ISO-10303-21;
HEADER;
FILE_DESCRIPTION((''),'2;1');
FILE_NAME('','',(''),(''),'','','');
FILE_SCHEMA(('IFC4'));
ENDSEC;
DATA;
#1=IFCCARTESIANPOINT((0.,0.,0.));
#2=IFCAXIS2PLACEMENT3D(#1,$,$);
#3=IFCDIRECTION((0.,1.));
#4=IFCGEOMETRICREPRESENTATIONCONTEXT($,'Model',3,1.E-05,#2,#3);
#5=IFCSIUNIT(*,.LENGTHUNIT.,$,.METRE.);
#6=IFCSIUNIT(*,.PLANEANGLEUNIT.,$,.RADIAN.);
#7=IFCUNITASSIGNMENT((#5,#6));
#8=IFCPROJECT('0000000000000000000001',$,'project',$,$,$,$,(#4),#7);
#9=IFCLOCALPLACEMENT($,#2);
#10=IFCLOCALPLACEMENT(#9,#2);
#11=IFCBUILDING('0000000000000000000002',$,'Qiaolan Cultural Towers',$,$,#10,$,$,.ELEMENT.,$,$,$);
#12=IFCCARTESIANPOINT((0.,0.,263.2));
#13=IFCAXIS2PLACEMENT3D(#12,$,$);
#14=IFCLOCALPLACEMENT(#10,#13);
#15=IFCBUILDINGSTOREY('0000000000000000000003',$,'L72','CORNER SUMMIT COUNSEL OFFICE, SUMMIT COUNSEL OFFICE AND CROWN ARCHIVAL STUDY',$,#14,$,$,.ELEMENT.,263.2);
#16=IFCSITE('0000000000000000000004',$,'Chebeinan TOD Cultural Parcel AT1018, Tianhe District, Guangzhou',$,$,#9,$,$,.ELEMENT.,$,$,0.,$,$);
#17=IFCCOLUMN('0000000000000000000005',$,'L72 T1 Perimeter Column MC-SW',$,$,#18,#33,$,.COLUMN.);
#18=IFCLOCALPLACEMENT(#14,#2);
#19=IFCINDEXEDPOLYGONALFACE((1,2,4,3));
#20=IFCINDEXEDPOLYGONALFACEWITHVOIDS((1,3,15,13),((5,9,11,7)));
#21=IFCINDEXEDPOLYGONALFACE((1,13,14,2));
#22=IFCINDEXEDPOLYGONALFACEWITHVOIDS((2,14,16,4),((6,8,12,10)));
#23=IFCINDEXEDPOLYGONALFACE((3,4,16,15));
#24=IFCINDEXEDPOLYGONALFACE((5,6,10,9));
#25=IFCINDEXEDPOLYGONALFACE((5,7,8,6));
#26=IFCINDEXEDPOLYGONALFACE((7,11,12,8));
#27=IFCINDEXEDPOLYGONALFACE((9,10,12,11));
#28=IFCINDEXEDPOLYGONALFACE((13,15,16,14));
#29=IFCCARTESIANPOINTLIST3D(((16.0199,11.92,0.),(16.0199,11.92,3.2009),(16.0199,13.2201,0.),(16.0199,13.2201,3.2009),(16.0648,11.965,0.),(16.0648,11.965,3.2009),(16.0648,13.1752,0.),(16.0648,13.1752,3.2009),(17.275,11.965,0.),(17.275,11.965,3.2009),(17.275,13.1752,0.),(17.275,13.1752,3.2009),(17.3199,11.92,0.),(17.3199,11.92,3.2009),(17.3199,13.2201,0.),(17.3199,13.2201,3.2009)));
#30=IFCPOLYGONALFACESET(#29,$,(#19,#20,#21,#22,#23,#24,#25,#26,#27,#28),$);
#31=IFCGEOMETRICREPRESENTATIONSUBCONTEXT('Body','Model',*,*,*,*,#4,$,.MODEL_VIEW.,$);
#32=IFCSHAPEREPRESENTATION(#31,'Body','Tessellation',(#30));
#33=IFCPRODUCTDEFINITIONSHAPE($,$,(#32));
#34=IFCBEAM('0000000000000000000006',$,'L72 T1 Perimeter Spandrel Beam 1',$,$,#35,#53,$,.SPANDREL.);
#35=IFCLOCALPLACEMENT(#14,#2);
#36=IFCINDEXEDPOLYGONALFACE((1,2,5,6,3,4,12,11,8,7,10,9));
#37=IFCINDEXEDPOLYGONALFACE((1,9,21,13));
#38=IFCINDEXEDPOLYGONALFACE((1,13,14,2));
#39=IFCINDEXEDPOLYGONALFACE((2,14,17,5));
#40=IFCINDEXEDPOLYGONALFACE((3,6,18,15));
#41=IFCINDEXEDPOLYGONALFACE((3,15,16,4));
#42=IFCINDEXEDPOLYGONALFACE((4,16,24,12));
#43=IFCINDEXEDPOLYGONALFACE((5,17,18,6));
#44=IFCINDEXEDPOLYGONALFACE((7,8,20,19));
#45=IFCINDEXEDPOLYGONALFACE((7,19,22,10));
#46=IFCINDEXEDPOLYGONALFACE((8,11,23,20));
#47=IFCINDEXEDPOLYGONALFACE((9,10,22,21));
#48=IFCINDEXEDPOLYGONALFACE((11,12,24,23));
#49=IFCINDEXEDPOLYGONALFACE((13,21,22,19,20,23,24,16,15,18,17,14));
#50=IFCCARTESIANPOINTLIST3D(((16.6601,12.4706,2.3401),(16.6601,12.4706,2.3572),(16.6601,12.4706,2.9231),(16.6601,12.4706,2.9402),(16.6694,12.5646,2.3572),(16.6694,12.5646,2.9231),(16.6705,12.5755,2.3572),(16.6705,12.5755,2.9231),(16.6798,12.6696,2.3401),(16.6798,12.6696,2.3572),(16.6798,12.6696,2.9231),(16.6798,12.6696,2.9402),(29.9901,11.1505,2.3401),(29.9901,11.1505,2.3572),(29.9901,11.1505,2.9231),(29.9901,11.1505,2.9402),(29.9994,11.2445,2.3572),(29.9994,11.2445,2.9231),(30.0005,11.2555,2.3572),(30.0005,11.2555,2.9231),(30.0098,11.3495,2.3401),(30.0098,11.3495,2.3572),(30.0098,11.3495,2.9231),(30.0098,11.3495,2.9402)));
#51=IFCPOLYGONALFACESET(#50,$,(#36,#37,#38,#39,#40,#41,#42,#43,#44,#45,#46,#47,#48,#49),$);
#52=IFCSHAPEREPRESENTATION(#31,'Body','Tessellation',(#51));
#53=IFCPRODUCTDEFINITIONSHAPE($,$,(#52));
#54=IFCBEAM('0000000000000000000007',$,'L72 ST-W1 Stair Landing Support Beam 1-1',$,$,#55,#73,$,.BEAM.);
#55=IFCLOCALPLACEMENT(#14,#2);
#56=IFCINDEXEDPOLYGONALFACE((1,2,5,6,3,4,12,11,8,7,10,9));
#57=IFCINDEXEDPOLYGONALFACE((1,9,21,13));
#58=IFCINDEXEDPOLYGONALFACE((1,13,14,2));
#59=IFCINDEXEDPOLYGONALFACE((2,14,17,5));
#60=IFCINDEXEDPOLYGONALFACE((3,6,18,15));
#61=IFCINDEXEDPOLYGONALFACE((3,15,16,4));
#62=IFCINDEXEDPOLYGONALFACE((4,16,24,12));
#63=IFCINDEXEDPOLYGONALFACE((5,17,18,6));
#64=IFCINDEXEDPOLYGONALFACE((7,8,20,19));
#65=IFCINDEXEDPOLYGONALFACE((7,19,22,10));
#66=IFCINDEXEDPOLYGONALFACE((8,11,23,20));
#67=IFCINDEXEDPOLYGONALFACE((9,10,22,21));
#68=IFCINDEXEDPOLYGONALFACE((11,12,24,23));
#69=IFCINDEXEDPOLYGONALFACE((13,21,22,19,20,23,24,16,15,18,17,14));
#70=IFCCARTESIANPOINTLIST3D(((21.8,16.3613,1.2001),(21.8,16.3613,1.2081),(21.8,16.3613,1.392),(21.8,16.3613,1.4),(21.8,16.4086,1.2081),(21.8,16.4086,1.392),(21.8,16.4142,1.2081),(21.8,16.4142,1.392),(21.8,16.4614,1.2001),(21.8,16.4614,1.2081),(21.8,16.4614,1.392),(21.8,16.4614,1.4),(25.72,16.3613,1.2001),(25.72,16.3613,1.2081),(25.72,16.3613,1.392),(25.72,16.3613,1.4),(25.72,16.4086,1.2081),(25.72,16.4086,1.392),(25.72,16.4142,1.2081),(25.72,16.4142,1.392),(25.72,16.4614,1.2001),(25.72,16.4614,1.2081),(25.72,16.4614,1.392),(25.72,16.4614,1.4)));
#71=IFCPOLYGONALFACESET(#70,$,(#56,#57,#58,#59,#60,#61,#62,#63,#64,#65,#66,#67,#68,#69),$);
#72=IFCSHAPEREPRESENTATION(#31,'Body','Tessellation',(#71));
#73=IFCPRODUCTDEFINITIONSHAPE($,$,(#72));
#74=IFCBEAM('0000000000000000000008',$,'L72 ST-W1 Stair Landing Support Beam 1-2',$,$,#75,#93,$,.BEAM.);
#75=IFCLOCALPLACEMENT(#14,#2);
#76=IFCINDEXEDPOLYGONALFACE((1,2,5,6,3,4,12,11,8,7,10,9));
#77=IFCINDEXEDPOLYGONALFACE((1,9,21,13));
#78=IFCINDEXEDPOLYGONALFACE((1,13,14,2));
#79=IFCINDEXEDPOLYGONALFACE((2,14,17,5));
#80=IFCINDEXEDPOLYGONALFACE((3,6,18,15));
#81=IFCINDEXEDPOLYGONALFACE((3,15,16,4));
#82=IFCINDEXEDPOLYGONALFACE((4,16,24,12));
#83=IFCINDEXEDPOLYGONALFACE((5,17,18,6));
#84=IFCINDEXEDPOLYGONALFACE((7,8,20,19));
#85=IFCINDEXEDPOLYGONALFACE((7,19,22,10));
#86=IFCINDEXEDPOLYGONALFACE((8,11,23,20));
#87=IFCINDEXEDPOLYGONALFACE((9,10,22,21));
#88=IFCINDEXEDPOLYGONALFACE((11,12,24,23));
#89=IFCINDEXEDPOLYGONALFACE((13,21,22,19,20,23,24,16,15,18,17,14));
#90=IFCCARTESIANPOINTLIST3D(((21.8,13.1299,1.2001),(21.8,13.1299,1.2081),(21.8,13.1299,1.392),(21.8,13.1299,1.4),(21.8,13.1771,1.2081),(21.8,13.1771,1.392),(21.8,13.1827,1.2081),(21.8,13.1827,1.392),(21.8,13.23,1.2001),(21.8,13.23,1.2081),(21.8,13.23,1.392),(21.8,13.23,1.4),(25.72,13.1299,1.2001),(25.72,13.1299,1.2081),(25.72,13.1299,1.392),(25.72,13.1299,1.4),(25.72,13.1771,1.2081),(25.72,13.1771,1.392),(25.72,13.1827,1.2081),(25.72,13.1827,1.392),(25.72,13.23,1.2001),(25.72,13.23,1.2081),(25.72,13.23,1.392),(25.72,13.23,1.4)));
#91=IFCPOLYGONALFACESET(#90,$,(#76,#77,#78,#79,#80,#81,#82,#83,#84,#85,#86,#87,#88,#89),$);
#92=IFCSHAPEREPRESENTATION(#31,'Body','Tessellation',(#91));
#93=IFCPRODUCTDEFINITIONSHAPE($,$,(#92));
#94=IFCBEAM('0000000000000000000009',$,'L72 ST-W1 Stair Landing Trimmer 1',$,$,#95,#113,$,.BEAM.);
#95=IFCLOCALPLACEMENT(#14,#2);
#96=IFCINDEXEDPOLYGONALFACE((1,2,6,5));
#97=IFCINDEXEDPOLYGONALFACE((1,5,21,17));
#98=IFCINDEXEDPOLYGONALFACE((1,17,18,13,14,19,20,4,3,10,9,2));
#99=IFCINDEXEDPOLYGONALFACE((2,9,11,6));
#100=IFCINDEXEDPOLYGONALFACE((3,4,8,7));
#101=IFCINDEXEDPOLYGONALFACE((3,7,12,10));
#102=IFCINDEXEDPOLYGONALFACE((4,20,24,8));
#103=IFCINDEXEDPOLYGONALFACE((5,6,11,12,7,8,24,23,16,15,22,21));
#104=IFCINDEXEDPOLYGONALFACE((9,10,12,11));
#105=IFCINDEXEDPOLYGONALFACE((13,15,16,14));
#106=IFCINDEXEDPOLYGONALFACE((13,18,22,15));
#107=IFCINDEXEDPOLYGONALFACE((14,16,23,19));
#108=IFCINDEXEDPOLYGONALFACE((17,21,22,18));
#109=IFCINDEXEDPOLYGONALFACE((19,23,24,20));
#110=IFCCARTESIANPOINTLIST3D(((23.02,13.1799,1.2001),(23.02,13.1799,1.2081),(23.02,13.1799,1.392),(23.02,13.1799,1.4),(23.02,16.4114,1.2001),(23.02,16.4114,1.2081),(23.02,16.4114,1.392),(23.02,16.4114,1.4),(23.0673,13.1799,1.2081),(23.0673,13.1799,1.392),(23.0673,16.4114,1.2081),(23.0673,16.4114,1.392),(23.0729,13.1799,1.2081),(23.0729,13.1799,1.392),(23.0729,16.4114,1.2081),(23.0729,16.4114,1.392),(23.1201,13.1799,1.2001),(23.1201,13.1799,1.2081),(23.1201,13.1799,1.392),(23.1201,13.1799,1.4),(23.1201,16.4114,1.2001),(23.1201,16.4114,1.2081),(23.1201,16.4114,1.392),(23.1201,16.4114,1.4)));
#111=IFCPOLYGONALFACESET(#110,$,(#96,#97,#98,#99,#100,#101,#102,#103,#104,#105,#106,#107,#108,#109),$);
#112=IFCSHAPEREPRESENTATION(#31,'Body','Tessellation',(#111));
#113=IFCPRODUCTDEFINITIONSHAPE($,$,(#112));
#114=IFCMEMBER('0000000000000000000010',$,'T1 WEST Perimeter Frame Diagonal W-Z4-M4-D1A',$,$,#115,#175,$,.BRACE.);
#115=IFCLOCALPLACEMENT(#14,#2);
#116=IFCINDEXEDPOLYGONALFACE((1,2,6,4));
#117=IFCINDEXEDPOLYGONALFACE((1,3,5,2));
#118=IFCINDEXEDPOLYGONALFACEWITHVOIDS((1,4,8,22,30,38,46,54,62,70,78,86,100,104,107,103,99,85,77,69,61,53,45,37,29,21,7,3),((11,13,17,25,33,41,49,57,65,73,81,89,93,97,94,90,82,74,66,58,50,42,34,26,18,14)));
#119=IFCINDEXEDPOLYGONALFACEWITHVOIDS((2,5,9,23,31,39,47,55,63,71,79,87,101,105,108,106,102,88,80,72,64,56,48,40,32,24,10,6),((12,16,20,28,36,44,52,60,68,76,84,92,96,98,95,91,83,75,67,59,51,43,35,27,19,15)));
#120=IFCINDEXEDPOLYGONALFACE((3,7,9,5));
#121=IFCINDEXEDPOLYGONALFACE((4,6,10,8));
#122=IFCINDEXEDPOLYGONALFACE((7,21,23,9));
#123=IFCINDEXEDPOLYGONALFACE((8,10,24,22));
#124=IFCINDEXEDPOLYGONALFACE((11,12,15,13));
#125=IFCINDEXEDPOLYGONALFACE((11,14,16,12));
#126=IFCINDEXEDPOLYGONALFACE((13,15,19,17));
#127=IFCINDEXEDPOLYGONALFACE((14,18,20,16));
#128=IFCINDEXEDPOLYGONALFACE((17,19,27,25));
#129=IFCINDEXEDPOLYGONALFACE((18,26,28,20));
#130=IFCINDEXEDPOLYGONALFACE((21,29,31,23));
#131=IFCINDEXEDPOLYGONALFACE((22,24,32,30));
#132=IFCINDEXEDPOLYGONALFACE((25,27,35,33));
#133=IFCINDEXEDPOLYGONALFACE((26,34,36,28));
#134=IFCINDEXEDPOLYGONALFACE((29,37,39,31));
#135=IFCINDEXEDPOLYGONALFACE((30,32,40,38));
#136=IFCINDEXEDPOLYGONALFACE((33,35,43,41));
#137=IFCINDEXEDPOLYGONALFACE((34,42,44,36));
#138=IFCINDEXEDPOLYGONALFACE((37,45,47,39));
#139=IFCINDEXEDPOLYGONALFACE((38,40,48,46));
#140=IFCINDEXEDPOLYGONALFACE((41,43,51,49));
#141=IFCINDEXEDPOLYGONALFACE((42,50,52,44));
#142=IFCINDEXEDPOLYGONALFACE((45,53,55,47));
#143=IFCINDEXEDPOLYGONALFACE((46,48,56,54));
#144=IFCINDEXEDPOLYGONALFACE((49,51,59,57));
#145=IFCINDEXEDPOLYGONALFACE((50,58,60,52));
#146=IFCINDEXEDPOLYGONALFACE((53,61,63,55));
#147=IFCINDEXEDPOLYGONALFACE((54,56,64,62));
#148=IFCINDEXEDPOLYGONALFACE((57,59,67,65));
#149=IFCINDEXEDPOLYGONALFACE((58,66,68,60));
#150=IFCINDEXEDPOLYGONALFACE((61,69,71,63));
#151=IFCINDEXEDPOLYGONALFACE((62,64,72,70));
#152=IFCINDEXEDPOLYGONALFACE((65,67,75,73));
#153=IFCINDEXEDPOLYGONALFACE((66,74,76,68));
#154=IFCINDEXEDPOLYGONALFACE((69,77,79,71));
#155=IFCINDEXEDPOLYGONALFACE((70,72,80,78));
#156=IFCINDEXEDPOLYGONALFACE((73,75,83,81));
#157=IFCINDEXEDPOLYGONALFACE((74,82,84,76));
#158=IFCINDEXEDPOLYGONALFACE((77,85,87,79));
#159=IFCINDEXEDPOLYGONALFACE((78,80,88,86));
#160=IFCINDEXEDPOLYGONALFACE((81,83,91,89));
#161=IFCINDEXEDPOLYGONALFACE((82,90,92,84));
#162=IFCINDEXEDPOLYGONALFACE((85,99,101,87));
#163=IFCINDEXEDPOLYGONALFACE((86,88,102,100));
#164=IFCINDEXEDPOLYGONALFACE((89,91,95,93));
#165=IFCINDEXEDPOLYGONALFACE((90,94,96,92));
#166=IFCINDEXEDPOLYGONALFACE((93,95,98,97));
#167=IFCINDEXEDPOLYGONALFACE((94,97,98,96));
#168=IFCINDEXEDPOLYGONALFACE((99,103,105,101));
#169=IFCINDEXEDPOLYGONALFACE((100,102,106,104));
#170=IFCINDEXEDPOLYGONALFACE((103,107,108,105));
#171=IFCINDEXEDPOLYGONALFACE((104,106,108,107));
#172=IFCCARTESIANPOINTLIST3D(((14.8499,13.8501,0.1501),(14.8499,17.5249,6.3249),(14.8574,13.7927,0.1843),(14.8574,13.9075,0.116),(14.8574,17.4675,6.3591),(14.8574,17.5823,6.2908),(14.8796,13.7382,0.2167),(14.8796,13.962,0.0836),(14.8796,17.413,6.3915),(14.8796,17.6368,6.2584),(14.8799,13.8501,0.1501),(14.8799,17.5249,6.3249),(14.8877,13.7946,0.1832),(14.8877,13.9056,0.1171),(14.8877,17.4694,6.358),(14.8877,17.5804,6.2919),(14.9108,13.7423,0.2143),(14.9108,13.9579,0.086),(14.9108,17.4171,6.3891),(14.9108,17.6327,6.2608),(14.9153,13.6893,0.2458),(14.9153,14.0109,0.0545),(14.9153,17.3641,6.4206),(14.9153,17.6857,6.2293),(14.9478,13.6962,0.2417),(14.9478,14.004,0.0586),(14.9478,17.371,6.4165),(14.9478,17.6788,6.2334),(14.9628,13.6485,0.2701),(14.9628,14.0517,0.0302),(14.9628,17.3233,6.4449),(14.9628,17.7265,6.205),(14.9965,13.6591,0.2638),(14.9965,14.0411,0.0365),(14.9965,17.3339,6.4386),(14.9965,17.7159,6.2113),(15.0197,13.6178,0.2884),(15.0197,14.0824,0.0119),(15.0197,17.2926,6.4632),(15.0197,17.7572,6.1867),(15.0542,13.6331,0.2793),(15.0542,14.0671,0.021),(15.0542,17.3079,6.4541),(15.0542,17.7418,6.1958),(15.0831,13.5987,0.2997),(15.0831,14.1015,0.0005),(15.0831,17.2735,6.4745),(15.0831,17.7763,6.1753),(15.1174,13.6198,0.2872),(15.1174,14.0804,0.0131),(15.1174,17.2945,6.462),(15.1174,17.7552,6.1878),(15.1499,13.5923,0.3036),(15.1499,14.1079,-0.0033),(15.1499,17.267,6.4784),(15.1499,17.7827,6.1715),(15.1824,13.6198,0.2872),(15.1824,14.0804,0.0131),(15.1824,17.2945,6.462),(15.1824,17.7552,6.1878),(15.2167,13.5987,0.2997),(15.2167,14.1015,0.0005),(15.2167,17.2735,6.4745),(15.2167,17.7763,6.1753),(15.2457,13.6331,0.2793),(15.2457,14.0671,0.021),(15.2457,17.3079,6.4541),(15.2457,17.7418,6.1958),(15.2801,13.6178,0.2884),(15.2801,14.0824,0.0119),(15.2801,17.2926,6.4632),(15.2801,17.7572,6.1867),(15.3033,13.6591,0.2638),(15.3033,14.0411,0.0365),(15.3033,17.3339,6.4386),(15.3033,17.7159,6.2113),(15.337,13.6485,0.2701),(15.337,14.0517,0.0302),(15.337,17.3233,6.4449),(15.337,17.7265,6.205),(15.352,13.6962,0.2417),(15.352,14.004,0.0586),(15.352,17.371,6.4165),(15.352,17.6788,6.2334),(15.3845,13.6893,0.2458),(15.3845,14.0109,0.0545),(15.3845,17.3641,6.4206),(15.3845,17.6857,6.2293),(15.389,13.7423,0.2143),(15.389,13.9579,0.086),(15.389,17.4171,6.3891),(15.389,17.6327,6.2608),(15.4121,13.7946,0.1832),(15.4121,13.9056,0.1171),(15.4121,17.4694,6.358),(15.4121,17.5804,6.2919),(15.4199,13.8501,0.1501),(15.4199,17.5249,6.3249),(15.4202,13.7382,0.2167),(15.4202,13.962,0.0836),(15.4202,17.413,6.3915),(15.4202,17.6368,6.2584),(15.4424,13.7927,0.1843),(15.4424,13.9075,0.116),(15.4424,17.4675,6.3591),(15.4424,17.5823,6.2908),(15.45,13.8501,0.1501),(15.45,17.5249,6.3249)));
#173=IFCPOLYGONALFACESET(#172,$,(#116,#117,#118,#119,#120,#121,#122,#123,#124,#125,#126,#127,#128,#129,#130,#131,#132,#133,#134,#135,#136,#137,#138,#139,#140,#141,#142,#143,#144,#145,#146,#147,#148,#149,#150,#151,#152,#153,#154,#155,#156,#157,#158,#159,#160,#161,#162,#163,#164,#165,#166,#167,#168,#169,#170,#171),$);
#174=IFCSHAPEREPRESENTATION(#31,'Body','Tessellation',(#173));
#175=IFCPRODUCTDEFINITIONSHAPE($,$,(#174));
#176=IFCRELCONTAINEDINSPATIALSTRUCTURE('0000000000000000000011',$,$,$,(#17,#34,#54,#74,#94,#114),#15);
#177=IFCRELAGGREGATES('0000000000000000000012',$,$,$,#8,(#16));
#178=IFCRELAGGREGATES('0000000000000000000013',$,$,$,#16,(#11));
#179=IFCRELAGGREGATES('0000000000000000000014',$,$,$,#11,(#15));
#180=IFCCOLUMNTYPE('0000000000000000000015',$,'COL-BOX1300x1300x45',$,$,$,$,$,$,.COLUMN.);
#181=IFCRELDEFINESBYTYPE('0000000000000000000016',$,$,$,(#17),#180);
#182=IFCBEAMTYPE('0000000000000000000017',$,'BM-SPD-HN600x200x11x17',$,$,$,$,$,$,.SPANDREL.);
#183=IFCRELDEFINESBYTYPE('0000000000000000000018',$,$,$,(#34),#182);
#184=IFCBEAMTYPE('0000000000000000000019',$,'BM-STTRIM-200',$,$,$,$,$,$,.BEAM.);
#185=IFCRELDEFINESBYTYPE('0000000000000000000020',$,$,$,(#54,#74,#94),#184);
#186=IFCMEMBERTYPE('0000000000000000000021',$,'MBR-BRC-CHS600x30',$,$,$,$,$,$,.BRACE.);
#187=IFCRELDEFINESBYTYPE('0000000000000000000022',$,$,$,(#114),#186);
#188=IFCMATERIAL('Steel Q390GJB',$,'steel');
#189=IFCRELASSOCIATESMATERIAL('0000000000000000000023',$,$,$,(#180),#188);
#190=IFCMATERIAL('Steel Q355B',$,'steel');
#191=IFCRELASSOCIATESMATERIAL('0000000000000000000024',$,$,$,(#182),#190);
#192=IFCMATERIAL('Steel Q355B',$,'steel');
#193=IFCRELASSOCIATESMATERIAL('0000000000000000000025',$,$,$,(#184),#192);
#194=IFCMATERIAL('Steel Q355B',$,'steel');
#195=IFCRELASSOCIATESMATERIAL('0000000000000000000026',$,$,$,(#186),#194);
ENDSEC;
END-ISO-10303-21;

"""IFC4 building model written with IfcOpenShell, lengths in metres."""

from ifc_helpers import new_model, si_unit, direction, frame, origin, origin_2d, place, context, subcontext, project, spatial, hollow_rectangle, hollow_circle, i_section, extrude, material, material_profile, profile_set, type_object, element, save


model = new_model("IFC4")

# Units and contexts
model_context = context("Model", 3, precision=1e-05, world=origin(), true_north=direction((0.0, 1.0)))
body_context = subcontext(model_context, "Body", "Model", "MODEL_VIEW")
ifc_project = project(units=[si_unit("LENGTHUNIT", "METRE"), si_unit("PLANEANGLEUNIT", "RADIAN")], contexts=[model_context])

# Site, building, storey
site_placement = place(None, origin())
site = spatial("IfcSite", under=ifc_project, at=site_placement, Name="Chebeinan TOD Cultural Parcel AT1018, Tianhe District, Guangzhou", CompositionType="ELEMENT", RefElevation=0.0)
building_placement = place(site_placement, origin())
building = spatial("IfcBuilding", under=site, at=building_placement, Name="Qiaolan Cultural Towers", CompositionType="ELEMENT")
storey_placement = place(building_placement, frame((0.0, 0.0, 263.2)))
storey = spatial("IfcBuildingStorey", under=building, at=storey_placement, Name="L72", Description="CORNER SUMMIT COUNSEL OFFICE, SUMMIT COUNSEL OFFICE AND CROWN ARCHIVAL STUDY", CompositionType="ELEMENT", Elevation=263.2)

# Column
ifc_material_1 = material(Name="Steel Q390GJB", Category="steel")
ifc_material_profile_1 = material_profile(ifc_material_1, hollow_rectangle(XDim=1.3, YDim=1.3, WallThickness=0.0449, at=origin_2d()), Name="BOX1300x1300x45")
ifc_profile_set_1 = profile_set([ifc_material_profile_1], Name="Steel Q390GJB")
column_type = type_object("IfcColumnType", Name="COL-BOX1300x1300x45", PredefinedType="COLUMN", material=ifc_profile_set_1)
column_placement = place(storey_placement, frame((16.6699, 12.5701, 0.0), z_axis=(0.0, 0.0, 1.0), x_axis=(1.0, 0.0, 0.0)))
element("IfcColumn", 1, at=column_placement, inside=storey, type_object=column_type, Name="L72 T1 Perimeter Column MC-SW", PredefinedType="COLUMN", context=body_context, shape_type="SweptSolid", body=[
    extrude(hollow_rectangle(XDim=1.3, YDim=1.3, WallThickness=0.0449, at=origin_2d()), origin(), (0.0, 0.0, 1.0), 3.2009),
])

# Beams
ifc_material_2 = material(Name="Steel Q355B", Category="steel")
ifc_material_profile_2 = material_profile(ifc_material_2, i_section(OverallWidth=0.2, OverallDepth=0.6001, WebThickness=0.011, FlangeThickness=0.0171, at=origin_2d()), Name="HN600x200x11x17")
ifc_profile_set_2 = profile_set([ifc_material_profile_2], Name="Steel Q355B")
beam_type_1 = type_object("IfcBeamType", Name="BM-SPD-HN600x200x11x17", PredefinedType="SPANDREL", material=ifc_profile_set_2)
beam_1_placement = place(storey_placement, frame((16.6699, 12.5701, 2.6401), z_axis=(0.995132, -0.098547, 0.0), x_axis=(0.098547, 0.995132, 0.0)))
element("IfcBeam", 2, at=beam_1_placement, inside=storey, type_object=beam_type_1, Name="L72 T1 Perimeter Spandrel Beam 1", PredefinedType="SPANDREL", context=body_context, shape_type="SweptSolid", body=[
    extrude(i_section(OverallWidth=0.2, OverallDepth=0.6001, WebThickness=0.011, FlangeThickness=0.0171, at=origin_2d()), origin(), (0.0, 0.0, 1.0), 13.3953),
])
ifc_material_3 = material(Name="Steel Q355B", Category="steel")
ifc_material_profile_3 = material_profile(ifc_material_3, i_section(OverallWidth=0.1001, OverallDepth=0.2, WebThickness=0.0056, FlangeThickness=0.0081, at=origin_2d()), Name="HN200x100x5.5x8")
ifc_profile_set_3 = profile_set([ifc_material_profile_3], Name="Steel Q355B")
beam_type_2 = type_object("IfcBeamType", Name="BM-STTRIM-200", PredefinedType="BEAM", material=ifc_profile_set_3)
for number, where, z_axis, x_axis, name in (
    (3, (21.8, 16.4114, 1.3), (1.0, 0.0, 0.0), (0.0, 1.0, 0.0), "L72 ST-W1 Stair Landing Support Beam 1-1"),
    (4, (21.8, 13.1799, 1.3), (1.0, 0.0, 0.0), (0.0, 1.0, 0.0), "L72 ST-W1 Stair Landing Support Beam 1-2"),
):
    element("IfcBeam", number, at=place(storey_placement, frame(where, z_axis=z_axis, x_axis=x_axis)), inside=storey, type_object=beam_type_2, Name=name, PredefinedType="BEAM", context=body_context, shape_type="SweptSolid", body=[
        extrude(i_section(OverallWidth=0.1001, OverallDepth=0.2, WebThickness=0.0056, FlangeThickness=0.0081, at=origin_2d()), origin(), (0.0, 0.0, 1.0), 3.9199),
    ])
beam_2_placement = place(storey_placement, frame((23.0701, 16.4114, 1.3), z_axis=(0.0, -1.0, 0.0), x_axis=(1.0, 0.0, 0.0)))
element("IfcBeam", 5, at=beam_2_placement, inside=storey, type_object=beam_type_2, Name="L72 ST-W1 Stair Landing Trimmer 1", PredefinedType="BEAM", context=body_context, shape_type="SweptSolid", body=[
    extrude(i_section(OverallWidth=0.1001, OverallDepth=0.2, WebThickness=0.0056, FlangeThickness=0.0081, at=origin_2d()), origin(), (0.0, 0.0, 1.0), 3.2314),
])

# Member
ifc_material_4 = material(Name="Steel Q355B", Category="steel")
ifc_material_profile_4 = material_profile(ifc_material_4, hollow_circle(Radius=0.3, WallThickness=0.03, at=origin_2d()), Name="CHS600x30")
ifc_profile_set_4 = profile_set([ifc_material_profile_4], Name="Steel Q355B")
member_type = type_object("IfcMemberType", Name="MBR-BRC-CHS600x30", PredefinedType="BRACE", material=ifc_profile_set_4)
member_1_placement = place(storey_placement, frame((15.1499, 13.8501, 0.1501), z_axis=(0.0, 0.511415, 0.859334), x_axis=(-1.0, 0.0, 0.0)))
element("IfcMember", 6, at=member_1_placement, inside=storey, type_object=member_type, Name="T1 WEST Perimeter Frame Diagonal W-Z4-M4-D1A", PredefinedType="BRACE", context=body_context, shape_type="SweptSolid", body=[
    extrude(hollow_circle(Radius=0.3, WallThickness=0.03, at=origin_2d()), origin(), (0.0, 0.0, 1.0), 7.1855),
])

save(model, "model.ifc")
